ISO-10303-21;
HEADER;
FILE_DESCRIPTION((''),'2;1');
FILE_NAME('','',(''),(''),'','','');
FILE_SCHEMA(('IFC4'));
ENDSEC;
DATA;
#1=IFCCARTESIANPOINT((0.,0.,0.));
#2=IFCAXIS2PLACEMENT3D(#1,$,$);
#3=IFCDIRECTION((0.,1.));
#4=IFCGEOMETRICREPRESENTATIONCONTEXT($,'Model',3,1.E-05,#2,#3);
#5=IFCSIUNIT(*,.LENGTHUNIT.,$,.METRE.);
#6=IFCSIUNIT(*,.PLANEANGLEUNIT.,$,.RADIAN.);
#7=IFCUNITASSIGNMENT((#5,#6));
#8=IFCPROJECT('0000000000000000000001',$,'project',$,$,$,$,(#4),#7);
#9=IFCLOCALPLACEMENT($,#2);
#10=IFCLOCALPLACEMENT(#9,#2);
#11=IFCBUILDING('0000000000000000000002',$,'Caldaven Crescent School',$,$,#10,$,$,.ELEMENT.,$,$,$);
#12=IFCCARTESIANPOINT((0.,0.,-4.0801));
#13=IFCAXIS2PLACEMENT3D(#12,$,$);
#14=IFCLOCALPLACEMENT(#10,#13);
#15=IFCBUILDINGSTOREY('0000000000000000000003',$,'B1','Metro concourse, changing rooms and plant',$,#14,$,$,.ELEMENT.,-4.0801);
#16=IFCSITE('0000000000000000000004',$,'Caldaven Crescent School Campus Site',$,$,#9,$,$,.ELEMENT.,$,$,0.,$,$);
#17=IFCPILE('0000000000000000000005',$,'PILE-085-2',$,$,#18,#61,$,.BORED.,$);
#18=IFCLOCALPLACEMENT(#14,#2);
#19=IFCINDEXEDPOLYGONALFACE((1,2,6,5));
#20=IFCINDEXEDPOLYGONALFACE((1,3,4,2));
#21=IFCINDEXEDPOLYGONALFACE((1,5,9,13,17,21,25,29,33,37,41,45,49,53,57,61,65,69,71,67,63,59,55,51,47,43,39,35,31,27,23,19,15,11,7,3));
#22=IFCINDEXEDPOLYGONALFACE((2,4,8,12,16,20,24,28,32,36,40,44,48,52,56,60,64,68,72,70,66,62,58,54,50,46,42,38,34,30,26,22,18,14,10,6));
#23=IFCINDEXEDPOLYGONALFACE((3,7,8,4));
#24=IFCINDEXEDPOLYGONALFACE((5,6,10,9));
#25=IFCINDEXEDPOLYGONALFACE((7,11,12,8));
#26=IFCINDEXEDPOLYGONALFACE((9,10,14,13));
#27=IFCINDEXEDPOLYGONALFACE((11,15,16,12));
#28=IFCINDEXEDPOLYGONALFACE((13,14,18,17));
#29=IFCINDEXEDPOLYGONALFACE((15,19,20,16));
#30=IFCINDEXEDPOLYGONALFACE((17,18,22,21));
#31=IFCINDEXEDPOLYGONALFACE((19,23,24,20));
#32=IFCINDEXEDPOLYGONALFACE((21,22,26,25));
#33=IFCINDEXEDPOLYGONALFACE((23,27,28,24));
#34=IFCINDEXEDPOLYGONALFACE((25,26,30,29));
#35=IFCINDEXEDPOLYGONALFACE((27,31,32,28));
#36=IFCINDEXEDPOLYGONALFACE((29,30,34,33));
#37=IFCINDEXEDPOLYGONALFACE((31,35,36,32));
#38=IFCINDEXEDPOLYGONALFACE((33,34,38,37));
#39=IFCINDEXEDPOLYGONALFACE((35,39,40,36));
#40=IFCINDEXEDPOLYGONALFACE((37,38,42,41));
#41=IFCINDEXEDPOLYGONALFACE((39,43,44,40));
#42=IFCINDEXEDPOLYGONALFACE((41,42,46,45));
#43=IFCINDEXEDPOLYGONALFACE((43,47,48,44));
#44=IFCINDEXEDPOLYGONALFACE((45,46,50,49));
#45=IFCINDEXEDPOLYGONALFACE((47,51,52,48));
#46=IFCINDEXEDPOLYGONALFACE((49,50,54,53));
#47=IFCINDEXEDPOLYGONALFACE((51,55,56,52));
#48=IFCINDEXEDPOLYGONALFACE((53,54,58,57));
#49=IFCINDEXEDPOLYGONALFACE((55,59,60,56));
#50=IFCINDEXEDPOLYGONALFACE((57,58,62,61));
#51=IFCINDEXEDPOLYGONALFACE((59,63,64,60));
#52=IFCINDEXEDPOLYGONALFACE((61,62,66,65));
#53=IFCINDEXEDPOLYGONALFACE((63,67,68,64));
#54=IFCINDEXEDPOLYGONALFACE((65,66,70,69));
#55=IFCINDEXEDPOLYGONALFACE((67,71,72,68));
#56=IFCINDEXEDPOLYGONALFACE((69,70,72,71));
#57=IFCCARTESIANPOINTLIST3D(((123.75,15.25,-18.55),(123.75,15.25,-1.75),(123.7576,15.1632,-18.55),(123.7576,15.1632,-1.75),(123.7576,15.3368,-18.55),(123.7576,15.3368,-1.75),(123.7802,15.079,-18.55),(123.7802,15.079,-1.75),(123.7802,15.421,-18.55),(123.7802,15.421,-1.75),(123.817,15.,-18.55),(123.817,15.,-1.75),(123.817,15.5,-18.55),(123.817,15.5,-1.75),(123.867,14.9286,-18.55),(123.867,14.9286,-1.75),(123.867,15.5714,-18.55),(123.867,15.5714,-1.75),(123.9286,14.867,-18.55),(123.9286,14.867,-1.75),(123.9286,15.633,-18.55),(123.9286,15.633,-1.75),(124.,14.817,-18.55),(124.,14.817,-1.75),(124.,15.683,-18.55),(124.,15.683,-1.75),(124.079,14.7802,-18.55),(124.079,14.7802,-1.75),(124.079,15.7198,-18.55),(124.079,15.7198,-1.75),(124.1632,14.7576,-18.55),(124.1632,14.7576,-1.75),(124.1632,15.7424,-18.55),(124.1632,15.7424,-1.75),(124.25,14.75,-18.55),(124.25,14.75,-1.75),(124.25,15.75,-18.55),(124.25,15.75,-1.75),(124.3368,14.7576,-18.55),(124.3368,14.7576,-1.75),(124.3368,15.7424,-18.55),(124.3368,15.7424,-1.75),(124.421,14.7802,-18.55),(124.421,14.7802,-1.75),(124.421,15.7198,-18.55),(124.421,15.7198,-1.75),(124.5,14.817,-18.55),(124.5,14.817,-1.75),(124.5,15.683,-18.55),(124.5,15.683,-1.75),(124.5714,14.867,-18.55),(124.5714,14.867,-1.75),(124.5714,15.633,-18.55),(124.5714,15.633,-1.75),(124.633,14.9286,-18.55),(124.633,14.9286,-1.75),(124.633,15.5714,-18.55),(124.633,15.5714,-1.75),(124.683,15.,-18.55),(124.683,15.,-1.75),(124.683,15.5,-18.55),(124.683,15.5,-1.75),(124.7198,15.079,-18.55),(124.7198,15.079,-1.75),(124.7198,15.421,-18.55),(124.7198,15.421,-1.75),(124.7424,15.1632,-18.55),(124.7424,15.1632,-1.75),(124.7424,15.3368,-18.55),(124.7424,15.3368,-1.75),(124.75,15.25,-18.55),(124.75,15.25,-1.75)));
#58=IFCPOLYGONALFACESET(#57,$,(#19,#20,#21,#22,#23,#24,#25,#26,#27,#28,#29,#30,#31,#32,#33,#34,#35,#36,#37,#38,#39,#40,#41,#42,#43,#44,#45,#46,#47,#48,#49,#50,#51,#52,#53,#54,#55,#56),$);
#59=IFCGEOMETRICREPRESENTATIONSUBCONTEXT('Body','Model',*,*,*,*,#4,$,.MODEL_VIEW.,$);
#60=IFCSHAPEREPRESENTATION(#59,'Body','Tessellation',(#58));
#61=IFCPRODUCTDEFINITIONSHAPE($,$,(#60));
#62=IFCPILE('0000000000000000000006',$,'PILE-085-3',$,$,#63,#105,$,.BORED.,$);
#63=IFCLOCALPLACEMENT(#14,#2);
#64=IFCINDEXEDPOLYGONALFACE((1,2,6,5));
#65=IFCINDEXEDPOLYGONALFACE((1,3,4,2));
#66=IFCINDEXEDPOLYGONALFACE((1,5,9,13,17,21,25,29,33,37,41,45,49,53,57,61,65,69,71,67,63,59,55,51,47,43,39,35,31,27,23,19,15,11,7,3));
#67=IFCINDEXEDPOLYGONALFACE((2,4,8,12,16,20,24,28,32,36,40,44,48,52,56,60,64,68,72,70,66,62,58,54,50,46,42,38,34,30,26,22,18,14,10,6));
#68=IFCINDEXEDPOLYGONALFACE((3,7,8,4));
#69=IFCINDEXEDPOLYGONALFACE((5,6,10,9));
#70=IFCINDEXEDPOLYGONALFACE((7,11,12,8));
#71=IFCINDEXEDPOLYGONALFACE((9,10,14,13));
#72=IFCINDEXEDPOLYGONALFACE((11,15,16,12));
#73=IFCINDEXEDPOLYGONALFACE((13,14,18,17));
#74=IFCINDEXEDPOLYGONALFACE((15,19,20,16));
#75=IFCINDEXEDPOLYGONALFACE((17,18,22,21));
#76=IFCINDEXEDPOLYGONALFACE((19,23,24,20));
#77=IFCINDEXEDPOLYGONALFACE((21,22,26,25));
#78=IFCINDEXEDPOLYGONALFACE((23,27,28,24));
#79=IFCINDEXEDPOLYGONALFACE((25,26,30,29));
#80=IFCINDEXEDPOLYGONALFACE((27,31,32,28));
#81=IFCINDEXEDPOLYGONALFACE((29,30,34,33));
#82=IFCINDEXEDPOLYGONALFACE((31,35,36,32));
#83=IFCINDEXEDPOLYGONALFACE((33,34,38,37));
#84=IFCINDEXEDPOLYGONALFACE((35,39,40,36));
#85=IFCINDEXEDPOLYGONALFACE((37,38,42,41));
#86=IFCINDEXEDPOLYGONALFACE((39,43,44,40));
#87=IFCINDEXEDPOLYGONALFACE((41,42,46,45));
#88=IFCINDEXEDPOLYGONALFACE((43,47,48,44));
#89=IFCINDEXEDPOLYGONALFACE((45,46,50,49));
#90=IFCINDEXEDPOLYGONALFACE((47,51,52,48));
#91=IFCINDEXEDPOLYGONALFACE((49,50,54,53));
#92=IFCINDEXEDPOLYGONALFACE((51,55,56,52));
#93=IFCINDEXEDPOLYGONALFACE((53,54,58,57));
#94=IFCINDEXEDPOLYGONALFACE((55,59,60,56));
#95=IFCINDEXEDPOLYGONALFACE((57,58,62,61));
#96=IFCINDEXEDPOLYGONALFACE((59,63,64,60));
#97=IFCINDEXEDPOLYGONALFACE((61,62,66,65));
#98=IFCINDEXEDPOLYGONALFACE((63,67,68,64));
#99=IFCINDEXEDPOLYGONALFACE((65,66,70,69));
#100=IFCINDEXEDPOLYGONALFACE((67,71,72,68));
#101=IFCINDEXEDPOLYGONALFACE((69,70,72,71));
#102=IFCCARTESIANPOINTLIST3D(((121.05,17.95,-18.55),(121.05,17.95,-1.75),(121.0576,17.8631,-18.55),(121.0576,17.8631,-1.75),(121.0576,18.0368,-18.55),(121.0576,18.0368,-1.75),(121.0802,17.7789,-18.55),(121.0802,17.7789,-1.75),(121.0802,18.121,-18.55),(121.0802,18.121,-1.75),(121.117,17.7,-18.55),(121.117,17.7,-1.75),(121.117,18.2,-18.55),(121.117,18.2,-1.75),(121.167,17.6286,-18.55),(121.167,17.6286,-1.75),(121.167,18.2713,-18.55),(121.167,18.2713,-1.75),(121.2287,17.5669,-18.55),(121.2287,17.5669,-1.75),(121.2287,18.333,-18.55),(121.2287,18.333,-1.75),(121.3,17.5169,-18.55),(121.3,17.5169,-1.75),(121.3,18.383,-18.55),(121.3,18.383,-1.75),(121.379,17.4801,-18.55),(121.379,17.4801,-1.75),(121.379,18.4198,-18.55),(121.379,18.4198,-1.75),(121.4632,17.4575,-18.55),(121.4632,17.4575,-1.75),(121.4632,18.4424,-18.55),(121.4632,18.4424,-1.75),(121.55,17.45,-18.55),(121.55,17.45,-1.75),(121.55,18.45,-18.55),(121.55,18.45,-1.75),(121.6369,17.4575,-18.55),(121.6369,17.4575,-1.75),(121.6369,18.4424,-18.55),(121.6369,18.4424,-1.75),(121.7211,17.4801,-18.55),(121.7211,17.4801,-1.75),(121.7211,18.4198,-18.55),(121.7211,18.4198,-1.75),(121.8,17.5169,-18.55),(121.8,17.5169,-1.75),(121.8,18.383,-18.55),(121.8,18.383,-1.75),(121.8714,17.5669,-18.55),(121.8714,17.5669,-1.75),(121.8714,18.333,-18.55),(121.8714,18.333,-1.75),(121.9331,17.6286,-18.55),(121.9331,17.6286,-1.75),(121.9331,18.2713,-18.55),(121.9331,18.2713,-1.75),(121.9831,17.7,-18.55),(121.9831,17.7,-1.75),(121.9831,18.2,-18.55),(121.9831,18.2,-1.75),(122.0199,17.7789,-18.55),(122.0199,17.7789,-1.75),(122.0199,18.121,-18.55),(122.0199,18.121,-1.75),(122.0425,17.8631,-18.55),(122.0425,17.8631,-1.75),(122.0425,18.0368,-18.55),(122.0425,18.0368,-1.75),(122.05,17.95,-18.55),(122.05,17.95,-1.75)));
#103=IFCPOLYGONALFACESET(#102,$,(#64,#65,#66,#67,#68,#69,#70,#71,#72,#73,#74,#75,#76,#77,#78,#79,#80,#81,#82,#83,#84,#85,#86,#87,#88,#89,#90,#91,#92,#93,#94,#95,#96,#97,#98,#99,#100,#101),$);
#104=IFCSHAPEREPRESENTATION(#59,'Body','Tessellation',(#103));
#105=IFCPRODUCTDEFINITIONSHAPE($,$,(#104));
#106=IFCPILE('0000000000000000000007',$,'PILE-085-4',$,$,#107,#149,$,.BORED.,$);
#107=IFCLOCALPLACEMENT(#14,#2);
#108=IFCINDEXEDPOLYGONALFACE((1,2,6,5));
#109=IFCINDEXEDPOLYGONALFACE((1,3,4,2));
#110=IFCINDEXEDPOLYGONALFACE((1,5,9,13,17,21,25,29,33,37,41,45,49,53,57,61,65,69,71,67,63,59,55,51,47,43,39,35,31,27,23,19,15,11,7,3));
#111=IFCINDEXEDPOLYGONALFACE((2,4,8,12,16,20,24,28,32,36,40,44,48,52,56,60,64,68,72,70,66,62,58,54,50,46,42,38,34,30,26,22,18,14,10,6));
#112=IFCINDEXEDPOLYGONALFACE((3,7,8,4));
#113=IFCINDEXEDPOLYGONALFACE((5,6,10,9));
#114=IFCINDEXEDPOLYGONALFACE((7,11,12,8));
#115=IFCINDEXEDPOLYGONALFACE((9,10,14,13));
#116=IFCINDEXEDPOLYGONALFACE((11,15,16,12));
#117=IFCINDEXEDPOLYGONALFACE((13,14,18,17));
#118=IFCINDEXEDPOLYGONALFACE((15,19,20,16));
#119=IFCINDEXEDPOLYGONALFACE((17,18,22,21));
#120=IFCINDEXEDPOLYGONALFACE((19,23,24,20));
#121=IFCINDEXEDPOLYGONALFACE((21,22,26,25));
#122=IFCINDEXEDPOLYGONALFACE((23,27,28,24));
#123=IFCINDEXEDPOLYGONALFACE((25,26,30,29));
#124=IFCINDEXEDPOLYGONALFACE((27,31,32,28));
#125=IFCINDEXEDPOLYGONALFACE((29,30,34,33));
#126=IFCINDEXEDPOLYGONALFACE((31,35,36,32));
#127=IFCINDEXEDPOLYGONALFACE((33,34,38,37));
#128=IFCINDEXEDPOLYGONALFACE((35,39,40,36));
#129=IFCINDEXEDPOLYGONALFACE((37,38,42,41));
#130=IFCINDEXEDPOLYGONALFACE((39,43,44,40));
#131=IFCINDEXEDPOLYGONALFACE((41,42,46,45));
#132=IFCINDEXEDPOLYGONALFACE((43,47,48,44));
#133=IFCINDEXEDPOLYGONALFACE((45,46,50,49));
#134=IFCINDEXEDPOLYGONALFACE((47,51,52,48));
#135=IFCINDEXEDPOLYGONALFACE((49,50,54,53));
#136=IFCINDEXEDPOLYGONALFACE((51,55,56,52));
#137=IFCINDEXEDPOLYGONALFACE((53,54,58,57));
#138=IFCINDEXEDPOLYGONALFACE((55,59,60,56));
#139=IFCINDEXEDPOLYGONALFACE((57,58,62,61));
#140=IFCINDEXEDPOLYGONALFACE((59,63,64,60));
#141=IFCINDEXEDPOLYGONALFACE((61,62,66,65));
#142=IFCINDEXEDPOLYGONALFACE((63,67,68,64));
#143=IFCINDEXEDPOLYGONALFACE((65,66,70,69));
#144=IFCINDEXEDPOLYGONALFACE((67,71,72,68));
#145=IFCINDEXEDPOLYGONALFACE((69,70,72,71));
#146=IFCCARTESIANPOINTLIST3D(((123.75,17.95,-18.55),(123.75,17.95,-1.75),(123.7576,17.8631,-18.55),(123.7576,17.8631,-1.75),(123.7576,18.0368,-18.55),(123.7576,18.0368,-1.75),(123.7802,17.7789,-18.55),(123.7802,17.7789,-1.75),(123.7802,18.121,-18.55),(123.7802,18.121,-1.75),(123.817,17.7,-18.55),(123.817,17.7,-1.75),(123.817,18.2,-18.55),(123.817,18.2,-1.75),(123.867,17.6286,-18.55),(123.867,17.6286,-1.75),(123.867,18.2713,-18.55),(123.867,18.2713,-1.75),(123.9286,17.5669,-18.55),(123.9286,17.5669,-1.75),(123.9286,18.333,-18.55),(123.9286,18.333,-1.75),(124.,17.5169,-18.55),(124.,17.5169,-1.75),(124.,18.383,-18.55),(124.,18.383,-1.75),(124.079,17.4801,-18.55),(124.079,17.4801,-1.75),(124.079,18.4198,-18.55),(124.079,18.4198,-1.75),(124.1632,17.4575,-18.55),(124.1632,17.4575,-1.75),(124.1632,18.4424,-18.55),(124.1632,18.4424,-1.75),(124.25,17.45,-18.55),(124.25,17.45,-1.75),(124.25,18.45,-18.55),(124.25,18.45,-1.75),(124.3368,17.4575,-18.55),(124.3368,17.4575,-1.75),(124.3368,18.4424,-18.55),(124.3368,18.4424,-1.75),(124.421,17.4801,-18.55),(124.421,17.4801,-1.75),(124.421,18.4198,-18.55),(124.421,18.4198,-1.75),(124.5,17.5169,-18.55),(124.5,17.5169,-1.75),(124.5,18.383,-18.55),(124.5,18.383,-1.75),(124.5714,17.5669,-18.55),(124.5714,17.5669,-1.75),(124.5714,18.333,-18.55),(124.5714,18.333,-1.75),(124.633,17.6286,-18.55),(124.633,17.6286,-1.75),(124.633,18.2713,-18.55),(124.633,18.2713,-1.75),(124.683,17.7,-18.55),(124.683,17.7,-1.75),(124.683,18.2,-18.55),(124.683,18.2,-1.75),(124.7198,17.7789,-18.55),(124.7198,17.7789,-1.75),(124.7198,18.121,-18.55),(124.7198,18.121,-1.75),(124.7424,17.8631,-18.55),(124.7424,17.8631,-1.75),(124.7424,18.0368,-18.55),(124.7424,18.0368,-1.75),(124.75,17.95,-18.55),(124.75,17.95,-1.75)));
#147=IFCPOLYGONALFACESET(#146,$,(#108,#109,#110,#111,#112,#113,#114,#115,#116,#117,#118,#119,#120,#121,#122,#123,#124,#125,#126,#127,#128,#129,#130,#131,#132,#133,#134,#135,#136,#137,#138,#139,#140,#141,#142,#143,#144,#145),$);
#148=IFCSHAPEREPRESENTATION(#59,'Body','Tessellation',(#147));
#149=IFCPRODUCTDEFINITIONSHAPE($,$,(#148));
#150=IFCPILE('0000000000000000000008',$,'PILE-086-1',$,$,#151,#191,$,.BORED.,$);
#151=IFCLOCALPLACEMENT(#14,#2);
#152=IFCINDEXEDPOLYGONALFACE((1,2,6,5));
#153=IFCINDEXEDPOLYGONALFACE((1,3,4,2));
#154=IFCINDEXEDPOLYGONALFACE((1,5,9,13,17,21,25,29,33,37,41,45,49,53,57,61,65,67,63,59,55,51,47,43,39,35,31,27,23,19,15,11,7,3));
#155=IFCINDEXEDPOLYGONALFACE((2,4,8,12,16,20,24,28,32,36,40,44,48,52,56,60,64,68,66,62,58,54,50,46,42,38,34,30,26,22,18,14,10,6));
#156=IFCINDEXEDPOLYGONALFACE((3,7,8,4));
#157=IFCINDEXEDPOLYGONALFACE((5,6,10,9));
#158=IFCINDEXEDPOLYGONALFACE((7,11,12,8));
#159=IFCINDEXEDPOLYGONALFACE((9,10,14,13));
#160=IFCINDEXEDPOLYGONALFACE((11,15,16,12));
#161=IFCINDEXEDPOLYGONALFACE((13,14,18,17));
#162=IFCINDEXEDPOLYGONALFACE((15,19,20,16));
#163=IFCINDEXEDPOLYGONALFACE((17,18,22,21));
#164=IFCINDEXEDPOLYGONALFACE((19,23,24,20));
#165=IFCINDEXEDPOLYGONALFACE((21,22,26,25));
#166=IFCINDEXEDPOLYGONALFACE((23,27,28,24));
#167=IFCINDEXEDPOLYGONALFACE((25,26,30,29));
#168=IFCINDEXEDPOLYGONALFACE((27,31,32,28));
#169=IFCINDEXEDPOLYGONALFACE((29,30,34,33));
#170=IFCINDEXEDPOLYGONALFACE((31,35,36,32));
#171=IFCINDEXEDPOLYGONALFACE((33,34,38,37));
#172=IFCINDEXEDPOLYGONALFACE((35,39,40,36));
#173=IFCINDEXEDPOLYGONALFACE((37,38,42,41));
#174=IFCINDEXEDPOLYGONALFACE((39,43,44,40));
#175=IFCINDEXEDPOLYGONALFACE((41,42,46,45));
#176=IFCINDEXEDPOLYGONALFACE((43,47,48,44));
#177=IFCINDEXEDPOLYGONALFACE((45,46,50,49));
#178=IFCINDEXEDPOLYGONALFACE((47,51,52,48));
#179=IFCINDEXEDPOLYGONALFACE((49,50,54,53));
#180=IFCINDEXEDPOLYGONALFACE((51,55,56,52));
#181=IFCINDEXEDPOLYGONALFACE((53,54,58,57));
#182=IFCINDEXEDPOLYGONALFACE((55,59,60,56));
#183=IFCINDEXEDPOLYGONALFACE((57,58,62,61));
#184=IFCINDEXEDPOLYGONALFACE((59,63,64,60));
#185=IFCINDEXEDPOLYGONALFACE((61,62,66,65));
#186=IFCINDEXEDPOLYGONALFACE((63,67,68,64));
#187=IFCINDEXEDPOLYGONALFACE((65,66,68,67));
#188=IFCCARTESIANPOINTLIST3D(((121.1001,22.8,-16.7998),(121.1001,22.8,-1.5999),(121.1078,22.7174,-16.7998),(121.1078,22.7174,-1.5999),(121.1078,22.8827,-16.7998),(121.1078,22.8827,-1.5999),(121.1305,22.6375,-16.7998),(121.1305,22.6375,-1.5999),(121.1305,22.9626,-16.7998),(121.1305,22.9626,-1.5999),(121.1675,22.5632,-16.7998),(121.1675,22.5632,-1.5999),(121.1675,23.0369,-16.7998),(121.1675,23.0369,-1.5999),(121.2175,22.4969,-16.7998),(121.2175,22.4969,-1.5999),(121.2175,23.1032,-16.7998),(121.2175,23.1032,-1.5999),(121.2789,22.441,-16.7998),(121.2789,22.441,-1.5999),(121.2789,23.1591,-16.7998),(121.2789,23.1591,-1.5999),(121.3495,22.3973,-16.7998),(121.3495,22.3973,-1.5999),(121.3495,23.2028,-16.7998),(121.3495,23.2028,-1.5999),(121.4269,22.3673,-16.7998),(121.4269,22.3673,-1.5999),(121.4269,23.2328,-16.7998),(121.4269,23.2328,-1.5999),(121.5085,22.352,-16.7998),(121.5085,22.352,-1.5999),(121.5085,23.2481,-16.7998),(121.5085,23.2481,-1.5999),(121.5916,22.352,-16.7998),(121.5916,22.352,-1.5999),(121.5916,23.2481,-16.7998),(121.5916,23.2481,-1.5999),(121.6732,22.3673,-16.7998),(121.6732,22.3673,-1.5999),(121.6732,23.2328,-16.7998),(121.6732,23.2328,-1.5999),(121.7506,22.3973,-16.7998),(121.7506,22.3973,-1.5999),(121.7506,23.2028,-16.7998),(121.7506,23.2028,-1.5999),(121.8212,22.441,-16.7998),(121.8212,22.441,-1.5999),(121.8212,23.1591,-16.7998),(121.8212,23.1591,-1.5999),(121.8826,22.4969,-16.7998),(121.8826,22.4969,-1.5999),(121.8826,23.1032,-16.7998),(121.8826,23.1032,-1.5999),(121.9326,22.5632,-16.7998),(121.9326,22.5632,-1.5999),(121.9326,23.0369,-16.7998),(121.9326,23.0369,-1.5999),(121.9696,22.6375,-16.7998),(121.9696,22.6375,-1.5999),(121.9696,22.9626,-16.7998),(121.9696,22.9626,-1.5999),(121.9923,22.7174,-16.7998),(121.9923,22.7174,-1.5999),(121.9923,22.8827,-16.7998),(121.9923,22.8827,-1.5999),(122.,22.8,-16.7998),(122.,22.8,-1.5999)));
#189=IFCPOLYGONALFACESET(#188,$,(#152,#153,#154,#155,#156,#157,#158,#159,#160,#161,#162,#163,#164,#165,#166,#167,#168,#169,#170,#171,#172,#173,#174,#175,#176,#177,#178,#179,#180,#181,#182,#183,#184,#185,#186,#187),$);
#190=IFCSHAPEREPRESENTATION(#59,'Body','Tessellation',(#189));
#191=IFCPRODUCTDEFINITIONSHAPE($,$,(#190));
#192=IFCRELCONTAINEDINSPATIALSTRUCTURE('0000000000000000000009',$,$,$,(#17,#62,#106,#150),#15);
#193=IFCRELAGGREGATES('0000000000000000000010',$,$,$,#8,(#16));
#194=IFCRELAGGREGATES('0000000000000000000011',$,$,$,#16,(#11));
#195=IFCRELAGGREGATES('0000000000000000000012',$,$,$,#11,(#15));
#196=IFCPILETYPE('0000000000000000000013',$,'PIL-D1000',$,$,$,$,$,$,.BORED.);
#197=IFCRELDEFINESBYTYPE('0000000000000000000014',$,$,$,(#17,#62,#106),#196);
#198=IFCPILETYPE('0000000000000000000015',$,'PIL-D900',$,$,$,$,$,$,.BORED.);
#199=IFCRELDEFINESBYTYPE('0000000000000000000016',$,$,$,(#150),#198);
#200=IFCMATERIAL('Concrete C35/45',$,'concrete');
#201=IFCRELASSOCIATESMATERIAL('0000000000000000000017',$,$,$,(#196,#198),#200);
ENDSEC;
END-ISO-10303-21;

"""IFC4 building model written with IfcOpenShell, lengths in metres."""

from ifc_helpers import new_model, si_unit, direction, frame, origin, origin_2d, place, context, subcontext, project, spatial, circle, extrude, material, material_profile, profile_set, type_object, element, save


model = new_model("IFC4")

# Units and contexts
model_context = context("Model", 3, precision=1e-05, world=origin(), true_north=direction((0.0, 1.0)))
body_context = subcontext(model_context, "Body", "Model", "MODEL_VIEW")
ifc_project = project(units=[si_unit("LENGTHUNIT", "METRE"), si_unit("PLANEANGLEUNIT", "RADIAN")], contexts=[model_context])

# Site, building, storey
site_placement = place(None, origin())
site = spatial("IfcSite", under=ifc_project, at=site_placement, Name="Caldaven Crescent School Campus Site", CompositionType="ELEMENT", RefElevation=0.0)
building_placement = place(site_placement, origin())
building = spatial("IfcBuilding", under=site, at=building_placement, Name="Caldaven Crescent School", CompositionType="ELEMENT")
storey_placement = place(building_placement, frame((0.0, 0.0, -4.0801)))
storey = spatial("IfcBuildingStorey", under=building, at=storey_placement, Name="B1", Description="Metro concourse, changing rooms and plant", CompositionType="ELEMENT", Elevation=-4.0801)

# Shared definitions
ifc_material_1 = material(Name="Concrete C35/45", Category="concrete")

# Piles
ifc_material_profile_1 = material_profile(ifc_material_1, circle(Radius=0.5, at=origin_2d()), Name="PILE D1000")
ifc_profile_set_1 = profile_set([ifc_material_profile_1], Name="Concrete C35/45")
pile_type_1 = type_object("IfcPileType", Name="PIL-D1000", PredefinedType="BORED", material=ifc_profile_set_1)
for number, where, z_axis, x_axis, name in (
    (1, (124.25, 15.25, -1.75), (0.0, 0.0, -1.0), (1.0, 0.0, 0.0), "PILE-085-2"),
    (2, (121.55, 17.95, -1.75), (0.0, 0.0, -1.0), (1.0, 0.0, 0.0), "PILE-085-3"),
    (3, (124.25, 17.95, -1.75), (0.0, 0.0, -1.0), (1.0, 0.0, 0.0), "PILE-085-4"),
):
    element("IfcPile", number, at=place(storey_placement, frame(where, z_axis=z_axis, x_axis=x_axis)), inside=storey, type_object=pile_type_1, Name=name, PredefinedType="BORED", context=body_context, shape_type="SweptSolid", body=[
        extrude(circle(Radius=0.5, at=origin_2d()), origin(), (0.0, 0.0, 1.0), 16.8),
    ])
ifc_material_profile_2 = material_profile(ifc_material_1, circle(Radius=0.45, at=origin_2d()), Name="PILE D900")
ifc_profile_set_2 = profile_set([ifc_material_profile_2], Name="Concrete C35/45")
pile_type_2 = type_object("IfcPileType", Name="PIL-D900", PredefinedType="BORED", material=ifc_profile_set_2)
for number, where, z_axis, x_axis, name in (
    (4, (121.55, 22.8, -1.5999), (0.0, 0.0, -1.0), (1.0, 0.0, 0.0), "PILE-086-1"),
):
    element("IfcPile", number, at=place(storey_placement, frame(where, z_axis=z_axis, x_axis=x_axis)), inside=storey, type_object=pile_type_2, Name=name, PredefinedType="BORED", context=body_context, shape_type="SweptSolid", body=[
        extrude(circle(Radius=0.45, at=origin_2d()), origin(), (0.0, 0.0, 1.0), 15.2),
    ])

save(model, "model.ifc")
